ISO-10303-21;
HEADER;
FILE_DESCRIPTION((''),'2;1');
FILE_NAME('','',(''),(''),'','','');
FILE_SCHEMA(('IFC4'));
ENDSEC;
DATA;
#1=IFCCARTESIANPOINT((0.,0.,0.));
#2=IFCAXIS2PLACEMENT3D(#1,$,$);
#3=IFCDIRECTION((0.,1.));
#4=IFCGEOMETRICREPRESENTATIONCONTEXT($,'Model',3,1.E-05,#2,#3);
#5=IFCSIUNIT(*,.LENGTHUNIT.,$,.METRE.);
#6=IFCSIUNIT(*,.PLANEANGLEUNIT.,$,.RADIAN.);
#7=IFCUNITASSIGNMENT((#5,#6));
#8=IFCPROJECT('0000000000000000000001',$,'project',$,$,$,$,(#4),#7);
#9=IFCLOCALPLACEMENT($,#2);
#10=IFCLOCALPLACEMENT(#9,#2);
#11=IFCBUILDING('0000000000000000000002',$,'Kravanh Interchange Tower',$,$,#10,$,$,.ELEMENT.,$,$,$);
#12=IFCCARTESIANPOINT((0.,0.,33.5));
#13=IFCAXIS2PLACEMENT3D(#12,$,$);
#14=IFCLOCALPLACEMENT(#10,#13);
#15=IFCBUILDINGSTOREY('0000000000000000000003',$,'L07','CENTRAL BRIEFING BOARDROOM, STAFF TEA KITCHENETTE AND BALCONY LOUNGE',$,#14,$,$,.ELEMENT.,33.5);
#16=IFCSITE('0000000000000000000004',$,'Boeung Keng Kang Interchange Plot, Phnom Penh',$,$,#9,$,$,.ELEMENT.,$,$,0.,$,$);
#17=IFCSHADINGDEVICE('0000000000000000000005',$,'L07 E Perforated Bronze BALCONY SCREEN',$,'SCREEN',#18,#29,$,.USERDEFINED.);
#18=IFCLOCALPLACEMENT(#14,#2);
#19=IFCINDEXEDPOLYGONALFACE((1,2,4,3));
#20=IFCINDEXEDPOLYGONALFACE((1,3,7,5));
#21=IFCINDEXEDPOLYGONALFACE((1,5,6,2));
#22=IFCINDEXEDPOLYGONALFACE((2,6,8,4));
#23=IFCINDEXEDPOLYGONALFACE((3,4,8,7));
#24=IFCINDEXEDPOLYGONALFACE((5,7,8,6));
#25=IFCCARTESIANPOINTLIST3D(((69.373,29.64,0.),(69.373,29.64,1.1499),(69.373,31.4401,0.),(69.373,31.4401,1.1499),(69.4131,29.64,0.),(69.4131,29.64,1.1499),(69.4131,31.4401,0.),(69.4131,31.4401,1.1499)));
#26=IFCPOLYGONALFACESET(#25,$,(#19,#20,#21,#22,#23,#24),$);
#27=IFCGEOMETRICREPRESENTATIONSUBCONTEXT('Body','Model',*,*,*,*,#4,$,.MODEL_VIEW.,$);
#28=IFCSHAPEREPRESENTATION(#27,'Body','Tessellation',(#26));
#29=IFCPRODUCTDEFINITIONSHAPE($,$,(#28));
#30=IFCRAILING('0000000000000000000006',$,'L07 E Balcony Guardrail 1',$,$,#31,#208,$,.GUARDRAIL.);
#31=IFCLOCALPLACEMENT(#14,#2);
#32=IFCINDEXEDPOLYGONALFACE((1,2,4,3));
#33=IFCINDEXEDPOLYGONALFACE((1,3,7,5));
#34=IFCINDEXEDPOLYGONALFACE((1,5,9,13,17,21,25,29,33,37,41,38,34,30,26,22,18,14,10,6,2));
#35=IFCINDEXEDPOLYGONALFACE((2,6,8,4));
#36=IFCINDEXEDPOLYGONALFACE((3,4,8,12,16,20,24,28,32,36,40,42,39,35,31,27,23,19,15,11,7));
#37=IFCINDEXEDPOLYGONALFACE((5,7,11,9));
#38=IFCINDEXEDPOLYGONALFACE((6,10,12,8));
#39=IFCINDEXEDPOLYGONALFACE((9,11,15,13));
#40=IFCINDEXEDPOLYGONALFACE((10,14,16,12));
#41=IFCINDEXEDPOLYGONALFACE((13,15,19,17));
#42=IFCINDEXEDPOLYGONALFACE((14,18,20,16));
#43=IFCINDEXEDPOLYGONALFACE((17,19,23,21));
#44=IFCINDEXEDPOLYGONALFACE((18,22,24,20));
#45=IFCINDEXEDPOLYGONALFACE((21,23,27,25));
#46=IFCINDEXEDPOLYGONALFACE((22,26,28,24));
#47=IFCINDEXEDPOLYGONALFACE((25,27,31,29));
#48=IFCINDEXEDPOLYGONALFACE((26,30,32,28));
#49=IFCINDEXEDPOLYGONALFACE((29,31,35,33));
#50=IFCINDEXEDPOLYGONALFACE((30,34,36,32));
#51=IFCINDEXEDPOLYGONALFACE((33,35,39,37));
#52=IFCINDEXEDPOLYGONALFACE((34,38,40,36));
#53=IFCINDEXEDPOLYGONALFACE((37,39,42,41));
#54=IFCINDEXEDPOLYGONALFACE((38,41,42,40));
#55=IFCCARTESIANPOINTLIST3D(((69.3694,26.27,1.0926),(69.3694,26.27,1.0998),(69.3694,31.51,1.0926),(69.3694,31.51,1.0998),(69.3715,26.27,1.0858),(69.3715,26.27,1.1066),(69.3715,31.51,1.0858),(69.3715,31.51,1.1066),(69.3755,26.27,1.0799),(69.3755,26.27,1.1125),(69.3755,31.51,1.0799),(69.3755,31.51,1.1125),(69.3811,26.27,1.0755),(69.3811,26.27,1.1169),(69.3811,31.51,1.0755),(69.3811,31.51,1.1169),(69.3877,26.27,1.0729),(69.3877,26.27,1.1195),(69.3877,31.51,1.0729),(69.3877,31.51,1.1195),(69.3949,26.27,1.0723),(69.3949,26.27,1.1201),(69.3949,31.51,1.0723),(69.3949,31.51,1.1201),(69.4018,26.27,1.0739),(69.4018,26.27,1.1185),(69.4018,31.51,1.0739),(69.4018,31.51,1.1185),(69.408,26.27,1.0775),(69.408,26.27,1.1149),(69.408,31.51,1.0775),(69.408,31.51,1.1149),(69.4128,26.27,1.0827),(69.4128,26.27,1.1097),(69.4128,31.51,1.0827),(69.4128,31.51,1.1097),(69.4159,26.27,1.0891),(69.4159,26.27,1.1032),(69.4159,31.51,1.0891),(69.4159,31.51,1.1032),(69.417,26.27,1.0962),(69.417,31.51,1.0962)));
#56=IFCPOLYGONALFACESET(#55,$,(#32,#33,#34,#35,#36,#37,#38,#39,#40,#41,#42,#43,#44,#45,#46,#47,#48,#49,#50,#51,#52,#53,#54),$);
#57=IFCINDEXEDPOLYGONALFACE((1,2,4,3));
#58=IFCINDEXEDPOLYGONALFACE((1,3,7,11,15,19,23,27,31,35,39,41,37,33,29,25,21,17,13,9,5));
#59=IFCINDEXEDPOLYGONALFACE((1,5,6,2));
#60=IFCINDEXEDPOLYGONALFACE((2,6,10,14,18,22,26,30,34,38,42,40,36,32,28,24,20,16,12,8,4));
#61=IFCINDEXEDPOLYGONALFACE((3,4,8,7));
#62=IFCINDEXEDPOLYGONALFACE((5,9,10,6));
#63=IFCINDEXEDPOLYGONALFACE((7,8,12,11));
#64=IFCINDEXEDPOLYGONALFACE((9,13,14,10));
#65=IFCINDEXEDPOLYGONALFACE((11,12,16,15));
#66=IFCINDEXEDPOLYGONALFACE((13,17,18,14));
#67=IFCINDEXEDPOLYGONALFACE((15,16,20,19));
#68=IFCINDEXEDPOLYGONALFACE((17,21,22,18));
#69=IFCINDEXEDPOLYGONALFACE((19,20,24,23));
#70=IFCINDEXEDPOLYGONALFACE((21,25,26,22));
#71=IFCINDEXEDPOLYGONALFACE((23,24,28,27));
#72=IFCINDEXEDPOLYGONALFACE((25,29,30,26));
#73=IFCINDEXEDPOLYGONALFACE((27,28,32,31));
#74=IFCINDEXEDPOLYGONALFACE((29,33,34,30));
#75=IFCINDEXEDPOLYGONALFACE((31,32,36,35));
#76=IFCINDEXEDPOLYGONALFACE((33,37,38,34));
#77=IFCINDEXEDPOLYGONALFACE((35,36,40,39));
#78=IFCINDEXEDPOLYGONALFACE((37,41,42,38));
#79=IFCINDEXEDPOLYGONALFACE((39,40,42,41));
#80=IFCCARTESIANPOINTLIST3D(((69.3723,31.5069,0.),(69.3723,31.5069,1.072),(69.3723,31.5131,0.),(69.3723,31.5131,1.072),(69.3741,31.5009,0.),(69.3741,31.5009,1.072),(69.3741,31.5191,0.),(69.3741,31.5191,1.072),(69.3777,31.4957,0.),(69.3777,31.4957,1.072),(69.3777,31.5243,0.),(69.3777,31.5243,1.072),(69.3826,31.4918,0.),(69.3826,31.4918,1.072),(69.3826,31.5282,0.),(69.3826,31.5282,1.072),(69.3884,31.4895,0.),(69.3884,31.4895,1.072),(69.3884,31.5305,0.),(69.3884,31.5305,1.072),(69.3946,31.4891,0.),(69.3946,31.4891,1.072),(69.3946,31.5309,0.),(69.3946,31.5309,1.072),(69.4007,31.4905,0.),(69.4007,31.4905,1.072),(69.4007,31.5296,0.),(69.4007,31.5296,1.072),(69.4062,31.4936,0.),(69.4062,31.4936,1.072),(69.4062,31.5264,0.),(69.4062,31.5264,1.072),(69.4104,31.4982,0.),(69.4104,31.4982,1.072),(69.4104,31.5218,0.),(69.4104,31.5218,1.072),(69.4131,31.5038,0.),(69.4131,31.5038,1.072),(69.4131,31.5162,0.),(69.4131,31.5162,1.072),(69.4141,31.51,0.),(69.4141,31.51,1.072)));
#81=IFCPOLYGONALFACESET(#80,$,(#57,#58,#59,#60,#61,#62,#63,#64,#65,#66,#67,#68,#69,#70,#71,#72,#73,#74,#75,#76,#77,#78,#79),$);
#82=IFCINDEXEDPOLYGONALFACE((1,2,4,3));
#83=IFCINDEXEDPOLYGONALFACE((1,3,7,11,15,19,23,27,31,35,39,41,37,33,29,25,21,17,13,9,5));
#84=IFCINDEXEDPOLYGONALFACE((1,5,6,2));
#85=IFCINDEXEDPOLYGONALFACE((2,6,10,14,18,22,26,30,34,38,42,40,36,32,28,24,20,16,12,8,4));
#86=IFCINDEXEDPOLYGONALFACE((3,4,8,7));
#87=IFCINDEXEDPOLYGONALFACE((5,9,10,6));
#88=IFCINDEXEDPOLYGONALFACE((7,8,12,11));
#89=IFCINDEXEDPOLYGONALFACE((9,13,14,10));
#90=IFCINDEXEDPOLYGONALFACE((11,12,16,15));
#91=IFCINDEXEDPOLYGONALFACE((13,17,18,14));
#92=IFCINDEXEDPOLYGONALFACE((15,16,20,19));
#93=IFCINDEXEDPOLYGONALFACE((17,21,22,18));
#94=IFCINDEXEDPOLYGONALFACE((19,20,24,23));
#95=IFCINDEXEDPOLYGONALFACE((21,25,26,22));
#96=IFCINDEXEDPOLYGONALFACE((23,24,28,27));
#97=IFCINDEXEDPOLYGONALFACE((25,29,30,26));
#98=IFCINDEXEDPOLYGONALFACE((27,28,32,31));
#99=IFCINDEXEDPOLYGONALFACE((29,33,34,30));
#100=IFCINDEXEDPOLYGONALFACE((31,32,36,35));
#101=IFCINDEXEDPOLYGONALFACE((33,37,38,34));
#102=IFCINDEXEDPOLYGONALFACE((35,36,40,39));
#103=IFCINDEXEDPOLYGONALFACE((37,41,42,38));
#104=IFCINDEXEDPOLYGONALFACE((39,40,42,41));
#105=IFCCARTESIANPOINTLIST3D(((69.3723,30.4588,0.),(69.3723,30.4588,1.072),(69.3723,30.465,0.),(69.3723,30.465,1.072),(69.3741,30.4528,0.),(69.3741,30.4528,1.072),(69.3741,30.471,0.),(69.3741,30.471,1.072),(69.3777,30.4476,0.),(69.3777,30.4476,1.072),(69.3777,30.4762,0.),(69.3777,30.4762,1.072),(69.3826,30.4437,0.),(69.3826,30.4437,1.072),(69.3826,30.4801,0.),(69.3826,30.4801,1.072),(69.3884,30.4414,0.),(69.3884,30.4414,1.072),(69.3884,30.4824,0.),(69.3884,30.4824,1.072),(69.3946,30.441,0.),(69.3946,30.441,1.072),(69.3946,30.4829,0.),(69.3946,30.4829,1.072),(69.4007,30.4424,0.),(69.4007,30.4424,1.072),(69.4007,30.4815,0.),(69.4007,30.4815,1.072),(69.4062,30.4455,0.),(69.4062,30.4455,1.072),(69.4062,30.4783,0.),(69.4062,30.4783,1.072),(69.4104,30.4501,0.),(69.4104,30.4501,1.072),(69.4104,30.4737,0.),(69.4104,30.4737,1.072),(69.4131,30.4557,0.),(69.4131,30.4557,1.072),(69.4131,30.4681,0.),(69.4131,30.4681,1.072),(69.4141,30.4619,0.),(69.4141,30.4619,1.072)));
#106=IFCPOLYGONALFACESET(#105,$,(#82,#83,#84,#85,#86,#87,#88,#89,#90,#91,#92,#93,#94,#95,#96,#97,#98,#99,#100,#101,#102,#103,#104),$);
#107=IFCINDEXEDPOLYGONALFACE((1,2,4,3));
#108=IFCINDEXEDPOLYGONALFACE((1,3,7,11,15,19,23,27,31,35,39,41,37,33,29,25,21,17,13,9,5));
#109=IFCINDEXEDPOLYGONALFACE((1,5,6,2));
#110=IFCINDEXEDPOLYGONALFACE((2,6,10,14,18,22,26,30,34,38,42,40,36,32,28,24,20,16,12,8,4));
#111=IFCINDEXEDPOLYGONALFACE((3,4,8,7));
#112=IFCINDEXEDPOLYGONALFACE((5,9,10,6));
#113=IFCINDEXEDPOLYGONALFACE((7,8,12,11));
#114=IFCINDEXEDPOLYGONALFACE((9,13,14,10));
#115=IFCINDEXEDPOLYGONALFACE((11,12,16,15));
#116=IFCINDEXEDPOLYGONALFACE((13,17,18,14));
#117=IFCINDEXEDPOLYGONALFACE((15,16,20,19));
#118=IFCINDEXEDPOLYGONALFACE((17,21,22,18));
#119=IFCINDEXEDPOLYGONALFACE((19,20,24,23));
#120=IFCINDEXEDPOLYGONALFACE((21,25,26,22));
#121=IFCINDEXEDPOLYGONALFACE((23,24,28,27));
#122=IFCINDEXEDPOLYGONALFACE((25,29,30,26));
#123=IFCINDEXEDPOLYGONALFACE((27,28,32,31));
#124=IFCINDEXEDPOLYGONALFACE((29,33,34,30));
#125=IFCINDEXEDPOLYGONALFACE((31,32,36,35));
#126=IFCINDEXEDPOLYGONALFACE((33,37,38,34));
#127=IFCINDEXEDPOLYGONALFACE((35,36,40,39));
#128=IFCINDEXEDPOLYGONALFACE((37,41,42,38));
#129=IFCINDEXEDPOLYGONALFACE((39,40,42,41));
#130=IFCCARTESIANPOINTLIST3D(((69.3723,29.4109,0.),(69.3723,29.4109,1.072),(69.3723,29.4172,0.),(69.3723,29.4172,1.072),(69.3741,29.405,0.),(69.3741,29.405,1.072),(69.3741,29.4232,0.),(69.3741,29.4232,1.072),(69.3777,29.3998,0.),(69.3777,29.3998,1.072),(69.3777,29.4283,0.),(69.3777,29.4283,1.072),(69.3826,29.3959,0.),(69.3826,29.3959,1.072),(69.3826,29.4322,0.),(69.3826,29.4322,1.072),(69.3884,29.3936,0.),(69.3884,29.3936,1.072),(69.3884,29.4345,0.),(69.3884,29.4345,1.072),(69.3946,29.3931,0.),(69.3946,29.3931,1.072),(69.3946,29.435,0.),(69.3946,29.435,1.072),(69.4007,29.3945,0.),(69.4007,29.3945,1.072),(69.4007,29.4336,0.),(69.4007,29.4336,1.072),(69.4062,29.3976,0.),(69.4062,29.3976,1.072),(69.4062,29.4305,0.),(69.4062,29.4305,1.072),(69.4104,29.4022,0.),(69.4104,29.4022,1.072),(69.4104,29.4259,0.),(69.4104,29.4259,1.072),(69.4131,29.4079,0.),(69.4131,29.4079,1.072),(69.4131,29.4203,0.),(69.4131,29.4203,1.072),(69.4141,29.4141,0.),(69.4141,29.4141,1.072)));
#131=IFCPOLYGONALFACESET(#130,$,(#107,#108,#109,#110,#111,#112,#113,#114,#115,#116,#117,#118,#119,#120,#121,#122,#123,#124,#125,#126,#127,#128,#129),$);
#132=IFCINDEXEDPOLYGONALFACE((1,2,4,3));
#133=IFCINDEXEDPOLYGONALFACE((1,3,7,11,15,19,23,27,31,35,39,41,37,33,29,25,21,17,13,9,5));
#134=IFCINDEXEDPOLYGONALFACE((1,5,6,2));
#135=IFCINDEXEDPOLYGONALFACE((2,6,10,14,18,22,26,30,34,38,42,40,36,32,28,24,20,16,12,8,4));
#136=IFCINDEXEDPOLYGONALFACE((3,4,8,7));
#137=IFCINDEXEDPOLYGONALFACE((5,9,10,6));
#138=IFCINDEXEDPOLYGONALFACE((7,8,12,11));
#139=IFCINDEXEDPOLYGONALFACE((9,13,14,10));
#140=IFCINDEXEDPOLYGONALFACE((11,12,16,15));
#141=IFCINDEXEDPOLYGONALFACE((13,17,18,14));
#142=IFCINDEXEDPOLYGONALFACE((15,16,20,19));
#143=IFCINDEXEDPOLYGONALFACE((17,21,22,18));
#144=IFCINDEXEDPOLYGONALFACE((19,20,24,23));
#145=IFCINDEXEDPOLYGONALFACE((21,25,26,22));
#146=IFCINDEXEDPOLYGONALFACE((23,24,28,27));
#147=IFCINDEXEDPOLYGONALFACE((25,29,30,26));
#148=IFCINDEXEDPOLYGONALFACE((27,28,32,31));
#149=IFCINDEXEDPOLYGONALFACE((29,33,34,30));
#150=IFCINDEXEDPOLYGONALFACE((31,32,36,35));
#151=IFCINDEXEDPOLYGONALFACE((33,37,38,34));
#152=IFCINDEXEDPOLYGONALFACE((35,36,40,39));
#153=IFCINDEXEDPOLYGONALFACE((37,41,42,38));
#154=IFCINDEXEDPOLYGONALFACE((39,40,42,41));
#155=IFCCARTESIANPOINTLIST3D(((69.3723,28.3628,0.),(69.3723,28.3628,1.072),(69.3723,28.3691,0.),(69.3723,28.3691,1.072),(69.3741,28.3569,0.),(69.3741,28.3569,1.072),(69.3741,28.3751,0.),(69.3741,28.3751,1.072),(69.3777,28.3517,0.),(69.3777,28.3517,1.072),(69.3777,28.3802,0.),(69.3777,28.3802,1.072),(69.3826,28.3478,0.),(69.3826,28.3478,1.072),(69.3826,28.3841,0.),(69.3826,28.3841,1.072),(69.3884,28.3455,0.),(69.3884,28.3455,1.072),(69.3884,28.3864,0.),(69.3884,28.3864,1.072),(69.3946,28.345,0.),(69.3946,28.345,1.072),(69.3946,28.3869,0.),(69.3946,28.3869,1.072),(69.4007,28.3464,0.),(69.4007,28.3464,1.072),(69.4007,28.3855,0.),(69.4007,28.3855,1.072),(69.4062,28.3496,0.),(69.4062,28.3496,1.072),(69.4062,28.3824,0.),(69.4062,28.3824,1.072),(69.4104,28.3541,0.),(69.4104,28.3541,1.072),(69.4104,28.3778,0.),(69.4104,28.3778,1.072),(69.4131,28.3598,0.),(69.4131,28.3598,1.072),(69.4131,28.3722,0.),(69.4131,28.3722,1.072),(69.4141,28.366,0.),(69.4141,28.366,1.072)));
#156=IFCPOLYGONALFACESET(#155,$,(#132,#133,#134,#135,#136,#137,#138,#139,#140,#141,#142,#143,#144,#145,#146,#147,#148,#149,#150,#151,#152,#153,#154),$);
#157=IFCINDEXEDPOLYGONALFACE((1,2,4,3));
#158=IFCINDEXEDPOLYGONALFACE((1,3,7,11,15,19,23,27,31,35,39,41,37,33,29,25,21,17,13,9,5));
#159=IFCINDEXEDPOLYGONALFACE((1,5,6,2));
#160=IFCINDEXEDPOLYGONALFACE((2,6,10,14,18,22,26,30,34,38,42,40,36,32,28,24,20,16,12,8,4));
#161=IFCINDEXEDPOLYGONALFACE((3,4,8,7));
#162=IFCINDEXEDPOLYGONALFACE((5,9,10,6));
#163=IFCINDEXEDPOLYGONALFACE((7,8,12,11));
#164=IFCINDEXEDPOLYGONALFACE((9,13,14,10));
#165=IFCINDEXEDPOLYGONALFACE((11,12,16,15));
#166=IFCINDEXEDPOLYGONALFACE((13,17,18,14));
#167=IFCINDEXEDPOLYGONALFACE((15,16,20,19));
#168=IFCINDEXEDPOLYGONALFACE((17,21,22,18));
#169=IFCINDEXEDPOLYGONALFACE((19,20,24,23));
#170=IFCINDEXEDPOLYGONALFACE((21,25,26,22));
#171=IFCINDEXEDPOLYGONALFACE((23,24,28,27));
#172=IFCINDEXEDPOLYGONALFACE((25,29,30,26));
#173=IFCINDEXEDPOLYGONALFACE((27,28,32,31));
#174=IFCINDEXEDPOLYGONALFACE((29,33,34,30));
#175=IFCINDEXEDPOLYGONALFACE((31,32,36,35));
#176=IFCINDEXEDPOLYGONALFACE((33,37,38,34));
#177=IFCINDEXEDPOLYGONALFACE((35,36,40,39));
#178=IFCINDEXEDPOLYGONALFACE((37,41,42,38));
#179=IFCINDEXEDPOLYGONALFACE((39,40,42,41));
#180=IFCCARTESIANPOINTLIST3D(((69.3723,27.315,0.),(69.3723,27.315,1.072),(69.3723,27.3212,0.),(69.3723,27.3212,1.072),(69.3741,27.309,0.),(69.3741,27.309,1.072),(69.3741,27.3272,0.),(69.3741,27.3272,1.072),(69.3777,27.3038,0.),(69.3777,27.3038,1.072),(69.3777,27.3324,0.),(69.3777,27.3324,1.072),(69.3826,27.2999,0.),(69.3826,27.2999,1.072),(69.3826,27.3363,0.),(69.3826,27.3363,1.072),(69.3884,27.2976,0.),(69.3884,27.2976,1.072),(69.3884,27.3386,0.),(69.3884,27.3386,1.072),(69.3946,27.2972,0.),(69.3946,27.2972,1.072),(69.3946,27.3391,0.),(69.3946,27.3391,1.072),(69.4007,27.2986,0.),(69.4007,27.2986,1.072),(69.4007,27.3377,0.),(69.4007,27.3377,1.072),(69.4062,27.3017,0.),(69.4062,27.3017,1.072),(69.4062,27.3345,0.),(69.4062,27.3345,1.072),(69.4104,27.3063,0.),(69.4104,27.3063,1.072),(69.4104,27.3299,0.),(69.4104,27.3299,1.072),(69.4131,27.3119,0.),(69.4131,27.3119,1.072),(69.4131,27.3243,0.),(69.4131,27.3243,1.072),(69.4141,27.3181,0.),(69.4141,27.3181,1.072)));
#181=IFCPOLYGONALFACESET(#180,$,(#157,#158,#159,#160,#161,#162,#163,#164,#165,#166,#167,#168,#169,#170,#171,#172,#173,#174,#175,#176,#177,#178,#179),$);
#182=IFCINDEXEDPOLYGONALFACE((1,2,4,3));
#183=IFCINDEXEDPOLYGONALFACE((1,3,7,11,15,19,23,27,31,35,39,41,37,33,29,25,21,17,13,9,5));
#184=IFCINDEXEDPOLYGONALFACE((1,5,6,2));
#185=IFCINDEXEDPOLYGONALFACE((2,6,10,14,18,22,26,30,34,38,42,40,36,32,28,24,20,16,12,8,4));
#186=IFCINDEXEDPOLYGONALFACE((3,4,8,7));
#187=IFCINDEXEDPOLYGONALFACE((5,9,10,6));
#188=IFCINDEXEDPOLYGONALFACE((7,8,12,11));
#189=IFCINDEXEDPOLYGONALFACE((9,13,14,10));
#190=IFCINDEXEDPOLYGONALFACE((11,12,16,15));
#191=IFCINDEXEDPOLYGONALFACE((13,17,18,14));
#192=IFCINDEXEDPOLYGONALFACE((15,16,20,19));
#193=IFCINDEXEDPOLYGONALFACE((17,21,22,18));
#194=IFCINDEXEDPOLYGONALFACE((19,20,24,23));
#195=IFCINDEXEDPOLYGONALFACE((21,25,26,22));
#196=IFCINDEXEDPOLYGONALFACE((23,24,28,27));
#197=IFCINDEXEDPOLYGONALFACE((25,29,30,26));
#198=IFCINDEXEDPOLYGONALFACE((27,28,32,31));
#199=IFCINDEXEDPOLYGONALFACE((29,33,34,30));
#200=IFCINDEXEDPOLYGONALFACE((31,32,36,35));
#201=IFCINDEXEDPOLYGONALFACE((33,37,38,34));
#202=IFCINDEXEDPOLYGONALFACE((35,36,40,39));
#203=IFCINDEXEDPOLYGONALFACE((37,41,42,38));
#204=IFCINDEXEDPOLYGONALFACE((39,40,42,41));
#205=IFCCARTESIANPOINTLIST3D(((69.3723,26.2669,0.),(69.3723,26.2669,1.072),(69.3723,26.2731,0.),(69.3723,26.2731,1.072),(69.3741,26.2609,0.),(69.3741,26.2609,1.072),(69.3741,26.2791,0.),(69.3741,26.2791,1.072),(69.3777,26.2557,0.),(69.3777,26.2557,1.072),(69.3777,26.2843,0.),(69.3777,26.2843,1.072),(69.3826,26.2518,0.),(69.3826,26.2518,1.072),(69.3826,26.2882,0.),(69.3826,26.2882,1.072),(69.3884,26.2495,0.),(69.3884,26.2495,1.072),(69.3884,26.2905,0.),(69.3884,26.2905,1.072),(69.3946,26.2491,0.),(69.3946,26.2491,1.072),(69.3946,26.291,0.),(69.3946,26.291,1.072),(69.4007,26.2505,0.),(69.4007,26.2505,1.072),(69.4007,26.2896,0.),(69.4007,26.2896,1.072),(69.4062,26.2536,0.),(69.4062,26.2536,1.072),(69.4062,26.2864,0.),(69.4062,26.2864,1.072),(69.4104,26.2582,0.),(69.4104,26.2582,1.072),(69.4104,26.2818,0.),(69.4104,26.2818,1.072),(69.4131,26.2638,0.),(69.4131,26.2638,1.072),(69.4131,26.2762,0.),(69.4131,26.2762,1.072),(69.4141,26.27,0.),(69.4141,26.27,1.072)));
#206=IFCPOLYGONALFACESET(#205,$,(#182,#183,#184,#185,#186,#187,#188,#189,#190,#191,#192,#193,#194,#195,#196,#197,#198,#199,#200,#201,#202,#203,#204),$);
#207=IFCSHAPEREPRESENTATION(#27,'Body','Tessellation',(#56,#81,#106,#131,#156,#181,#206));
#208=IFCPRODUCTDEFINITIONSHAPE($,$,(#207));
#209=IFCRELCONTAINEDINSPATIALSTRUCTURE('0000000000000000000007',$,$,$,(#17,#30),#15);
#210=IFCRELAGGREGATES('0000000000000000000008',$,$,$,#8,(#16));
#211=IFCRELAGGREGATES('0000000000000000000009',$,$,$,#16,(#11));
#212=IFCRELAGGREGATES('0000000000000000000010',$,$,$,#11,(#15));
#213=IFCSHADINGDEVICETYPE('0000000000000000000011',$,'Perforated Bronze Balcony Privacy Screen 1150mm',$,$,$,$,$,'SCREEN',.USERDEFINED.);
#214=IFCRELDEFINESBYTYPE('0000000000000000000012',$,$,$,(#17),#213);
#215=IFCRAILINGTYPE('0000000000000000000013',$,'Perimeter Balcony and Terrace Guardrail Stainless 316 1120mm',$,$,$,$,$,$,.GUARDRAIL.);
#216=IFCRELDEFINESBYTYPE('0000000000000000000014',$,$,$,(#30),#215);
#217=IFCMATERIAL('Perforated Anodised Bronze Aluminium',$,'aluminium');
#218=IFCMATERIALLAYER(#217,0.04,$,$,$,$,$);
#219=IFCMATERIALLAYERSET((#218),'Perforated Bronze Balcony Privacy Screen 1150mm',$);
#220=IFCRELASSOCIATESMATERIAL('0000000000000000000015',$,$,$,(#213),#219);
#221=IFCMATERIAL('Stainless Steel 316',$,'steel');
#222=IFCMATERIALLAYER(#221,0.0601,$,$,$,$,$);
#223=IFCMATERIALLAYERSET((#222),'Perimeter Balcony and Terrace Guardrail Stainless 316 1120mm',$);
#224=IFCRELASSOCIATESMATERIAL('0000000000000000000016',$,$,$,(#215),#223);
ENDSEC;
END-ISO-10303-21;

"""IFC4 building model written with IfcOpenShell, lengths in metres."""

from ifc_helpers import new_model, si_unit, direction, frame, origin, origin_2d, place, context, subcontext, project, spatial, rectangle, circle, extrude, material, layer, layer_set, type_object, element, save


model = new_model("IFC4")

# Units and contexts
model_context = context("Model", 3, precision=1e-05, world=origin(), true_north=direction((0.0, 1.0)))
body_context = subcontext(model_context, "Body", "Model", "MODEL_VIEW")
ifc_project = project(units=[si_unit("LENGTHUNIT", "METRE"), si_unit("PLANEANGLEUNIT", "RADIAN")], contexts=[model_context])

# Site, building, storey
site_placement = place(None, origin())
site = spatial("IfcSite", under=ifc_project, at=site_placement, Name="Boeung Keng Kang Interchange Plot, Phnom Penh", CompositionType="ELEMENT", RefElevation=0.0)
building_placement = place(site_placement, origin())
building = spatial("IfcBuilding", under=site, at=building_placement, Name="Kravanh Interchange Tower", CompositionType="ELEMENT")
storey_placement = place(building_placement, frame((0.0, 0.0, 33.5)))
storey = spatial("IfcBuildingStorey", under=building, at=storey_placement, Name="L07", Description="CENTRAL BRIEFING BOARDROOM, STAFF TEA KITCHENETTE AND BALCONY LOUNGE", CompositionType="ELEMENT", Elevation=33.5)

# Shading device
ifc_material_1 = material(Name="Perforated Anodised Bronze Aluminium", Category="aluminium")
ifc_layer_1 = layer(ifc_material_1, 0.04)
ifc_layer_set_1 = layer_set([ifc_layer_1], Name="Perforated Bronze Balcony Privacy Screen 1150mm")
shading_device_type = type_object("IfcShadingDeviceType", Name="Perforated Bronze Balcony Privacy Screen 1150mm", ElementType="SCREEN", PredefinedType="USERDEFINED", material=ifc_layer_set_1)
shading_device_placement = place(storey_placement, frame((69.3931, 30.54, 0.0), z_axis=(0.0, 0.0, 1.0), x_axis=(1.0, 0.0, 0.0)))
element("IfcShadingDevice", 1, at=shading_device_placement, inside=storey, type_object=shading_device_type, Name="L07 E Perforated Bronze BALCONY SCREEN", ObjectType="SCREEN", PredefinedType="USERDEFINED", context=body_context, shape_type="SweptSolid", body=[
    extrude(rectangle(XDim=0.04, YDim=1.8, at=origin_2d()), origin(), (0.0, 0.0, 1.0), 1.1499),
])

# Railing
ifc_material_2 = material(Name="Stainless Steel 316", Category="steel")
ifc_layer_2 = layer(ifc_material_2, 0.0601)
ifc_layer_set_2 = layer_set([ifc_layer_2], Name="Perimeter Balcony and Terrace Guardrail Stainless 316 1120mm")
railing_type = type_object("IfcRailingType", Name="Perimeter Balcony and Terrace Guardrail Stainless 316 1120mm", PredefinedType="GUARDRAIL", material=ifc_layer_set_2)
railing_1_placement = place(storey_placement, frame((69.3931, 31.51, 0.0)))
element("IfcRailing", 2, at=railing_1_placement, inside=storey, type_object=railing_type, Name="L07 E Balcony Guardrail 1", PredefinedType="GUARDRAIL", context=body_context, shape_type="SweptSolid", body=[
    extrude(circle(Radius=0.0239, at=origin_2d()), frame((0.0, 0.0, 1.0962), z_axis=(0.0, -1.0, 0.0), x_axis=(1.0, 0.0, 0.0)), (0.0, 0.0, 1.0), 5.24),
    extrude(circle(Radius=0.021, at=origin_2d()), origin(), (0.0, 0.0, 1.0), 1.072),
    extrude(circle(Radius=0.021, at=origin_2d()), frame((0.0, -1.0481, 0.0)), (0.0, 0.0, 1.0), 1.072),
    extrude(circle(Radius=0.021, at=origin_2d()), frame((0.0, -2.0959, 0.0)), (0.0, 0.0, 1.0), 1.072),
    extrude(circle(Radius=0.021, at=origin_2d()), frame((0.0, -3.144, 0.0)), (0.0, 0.0, 1.0), 1.072),
    extrude(circle(Radius=0.021, at=origin_2d()), frame((0.0, -4.1919, 0.0)), (0.0, 0.0, 1.0), 1.072),
    extrude(circle(Radius=0.021, at=origin_2d()), frame((0.0, -5.24, 0.0)), (0.0, 0.0, 1.0), 1.072),
])

save(model, "model.ifc")
